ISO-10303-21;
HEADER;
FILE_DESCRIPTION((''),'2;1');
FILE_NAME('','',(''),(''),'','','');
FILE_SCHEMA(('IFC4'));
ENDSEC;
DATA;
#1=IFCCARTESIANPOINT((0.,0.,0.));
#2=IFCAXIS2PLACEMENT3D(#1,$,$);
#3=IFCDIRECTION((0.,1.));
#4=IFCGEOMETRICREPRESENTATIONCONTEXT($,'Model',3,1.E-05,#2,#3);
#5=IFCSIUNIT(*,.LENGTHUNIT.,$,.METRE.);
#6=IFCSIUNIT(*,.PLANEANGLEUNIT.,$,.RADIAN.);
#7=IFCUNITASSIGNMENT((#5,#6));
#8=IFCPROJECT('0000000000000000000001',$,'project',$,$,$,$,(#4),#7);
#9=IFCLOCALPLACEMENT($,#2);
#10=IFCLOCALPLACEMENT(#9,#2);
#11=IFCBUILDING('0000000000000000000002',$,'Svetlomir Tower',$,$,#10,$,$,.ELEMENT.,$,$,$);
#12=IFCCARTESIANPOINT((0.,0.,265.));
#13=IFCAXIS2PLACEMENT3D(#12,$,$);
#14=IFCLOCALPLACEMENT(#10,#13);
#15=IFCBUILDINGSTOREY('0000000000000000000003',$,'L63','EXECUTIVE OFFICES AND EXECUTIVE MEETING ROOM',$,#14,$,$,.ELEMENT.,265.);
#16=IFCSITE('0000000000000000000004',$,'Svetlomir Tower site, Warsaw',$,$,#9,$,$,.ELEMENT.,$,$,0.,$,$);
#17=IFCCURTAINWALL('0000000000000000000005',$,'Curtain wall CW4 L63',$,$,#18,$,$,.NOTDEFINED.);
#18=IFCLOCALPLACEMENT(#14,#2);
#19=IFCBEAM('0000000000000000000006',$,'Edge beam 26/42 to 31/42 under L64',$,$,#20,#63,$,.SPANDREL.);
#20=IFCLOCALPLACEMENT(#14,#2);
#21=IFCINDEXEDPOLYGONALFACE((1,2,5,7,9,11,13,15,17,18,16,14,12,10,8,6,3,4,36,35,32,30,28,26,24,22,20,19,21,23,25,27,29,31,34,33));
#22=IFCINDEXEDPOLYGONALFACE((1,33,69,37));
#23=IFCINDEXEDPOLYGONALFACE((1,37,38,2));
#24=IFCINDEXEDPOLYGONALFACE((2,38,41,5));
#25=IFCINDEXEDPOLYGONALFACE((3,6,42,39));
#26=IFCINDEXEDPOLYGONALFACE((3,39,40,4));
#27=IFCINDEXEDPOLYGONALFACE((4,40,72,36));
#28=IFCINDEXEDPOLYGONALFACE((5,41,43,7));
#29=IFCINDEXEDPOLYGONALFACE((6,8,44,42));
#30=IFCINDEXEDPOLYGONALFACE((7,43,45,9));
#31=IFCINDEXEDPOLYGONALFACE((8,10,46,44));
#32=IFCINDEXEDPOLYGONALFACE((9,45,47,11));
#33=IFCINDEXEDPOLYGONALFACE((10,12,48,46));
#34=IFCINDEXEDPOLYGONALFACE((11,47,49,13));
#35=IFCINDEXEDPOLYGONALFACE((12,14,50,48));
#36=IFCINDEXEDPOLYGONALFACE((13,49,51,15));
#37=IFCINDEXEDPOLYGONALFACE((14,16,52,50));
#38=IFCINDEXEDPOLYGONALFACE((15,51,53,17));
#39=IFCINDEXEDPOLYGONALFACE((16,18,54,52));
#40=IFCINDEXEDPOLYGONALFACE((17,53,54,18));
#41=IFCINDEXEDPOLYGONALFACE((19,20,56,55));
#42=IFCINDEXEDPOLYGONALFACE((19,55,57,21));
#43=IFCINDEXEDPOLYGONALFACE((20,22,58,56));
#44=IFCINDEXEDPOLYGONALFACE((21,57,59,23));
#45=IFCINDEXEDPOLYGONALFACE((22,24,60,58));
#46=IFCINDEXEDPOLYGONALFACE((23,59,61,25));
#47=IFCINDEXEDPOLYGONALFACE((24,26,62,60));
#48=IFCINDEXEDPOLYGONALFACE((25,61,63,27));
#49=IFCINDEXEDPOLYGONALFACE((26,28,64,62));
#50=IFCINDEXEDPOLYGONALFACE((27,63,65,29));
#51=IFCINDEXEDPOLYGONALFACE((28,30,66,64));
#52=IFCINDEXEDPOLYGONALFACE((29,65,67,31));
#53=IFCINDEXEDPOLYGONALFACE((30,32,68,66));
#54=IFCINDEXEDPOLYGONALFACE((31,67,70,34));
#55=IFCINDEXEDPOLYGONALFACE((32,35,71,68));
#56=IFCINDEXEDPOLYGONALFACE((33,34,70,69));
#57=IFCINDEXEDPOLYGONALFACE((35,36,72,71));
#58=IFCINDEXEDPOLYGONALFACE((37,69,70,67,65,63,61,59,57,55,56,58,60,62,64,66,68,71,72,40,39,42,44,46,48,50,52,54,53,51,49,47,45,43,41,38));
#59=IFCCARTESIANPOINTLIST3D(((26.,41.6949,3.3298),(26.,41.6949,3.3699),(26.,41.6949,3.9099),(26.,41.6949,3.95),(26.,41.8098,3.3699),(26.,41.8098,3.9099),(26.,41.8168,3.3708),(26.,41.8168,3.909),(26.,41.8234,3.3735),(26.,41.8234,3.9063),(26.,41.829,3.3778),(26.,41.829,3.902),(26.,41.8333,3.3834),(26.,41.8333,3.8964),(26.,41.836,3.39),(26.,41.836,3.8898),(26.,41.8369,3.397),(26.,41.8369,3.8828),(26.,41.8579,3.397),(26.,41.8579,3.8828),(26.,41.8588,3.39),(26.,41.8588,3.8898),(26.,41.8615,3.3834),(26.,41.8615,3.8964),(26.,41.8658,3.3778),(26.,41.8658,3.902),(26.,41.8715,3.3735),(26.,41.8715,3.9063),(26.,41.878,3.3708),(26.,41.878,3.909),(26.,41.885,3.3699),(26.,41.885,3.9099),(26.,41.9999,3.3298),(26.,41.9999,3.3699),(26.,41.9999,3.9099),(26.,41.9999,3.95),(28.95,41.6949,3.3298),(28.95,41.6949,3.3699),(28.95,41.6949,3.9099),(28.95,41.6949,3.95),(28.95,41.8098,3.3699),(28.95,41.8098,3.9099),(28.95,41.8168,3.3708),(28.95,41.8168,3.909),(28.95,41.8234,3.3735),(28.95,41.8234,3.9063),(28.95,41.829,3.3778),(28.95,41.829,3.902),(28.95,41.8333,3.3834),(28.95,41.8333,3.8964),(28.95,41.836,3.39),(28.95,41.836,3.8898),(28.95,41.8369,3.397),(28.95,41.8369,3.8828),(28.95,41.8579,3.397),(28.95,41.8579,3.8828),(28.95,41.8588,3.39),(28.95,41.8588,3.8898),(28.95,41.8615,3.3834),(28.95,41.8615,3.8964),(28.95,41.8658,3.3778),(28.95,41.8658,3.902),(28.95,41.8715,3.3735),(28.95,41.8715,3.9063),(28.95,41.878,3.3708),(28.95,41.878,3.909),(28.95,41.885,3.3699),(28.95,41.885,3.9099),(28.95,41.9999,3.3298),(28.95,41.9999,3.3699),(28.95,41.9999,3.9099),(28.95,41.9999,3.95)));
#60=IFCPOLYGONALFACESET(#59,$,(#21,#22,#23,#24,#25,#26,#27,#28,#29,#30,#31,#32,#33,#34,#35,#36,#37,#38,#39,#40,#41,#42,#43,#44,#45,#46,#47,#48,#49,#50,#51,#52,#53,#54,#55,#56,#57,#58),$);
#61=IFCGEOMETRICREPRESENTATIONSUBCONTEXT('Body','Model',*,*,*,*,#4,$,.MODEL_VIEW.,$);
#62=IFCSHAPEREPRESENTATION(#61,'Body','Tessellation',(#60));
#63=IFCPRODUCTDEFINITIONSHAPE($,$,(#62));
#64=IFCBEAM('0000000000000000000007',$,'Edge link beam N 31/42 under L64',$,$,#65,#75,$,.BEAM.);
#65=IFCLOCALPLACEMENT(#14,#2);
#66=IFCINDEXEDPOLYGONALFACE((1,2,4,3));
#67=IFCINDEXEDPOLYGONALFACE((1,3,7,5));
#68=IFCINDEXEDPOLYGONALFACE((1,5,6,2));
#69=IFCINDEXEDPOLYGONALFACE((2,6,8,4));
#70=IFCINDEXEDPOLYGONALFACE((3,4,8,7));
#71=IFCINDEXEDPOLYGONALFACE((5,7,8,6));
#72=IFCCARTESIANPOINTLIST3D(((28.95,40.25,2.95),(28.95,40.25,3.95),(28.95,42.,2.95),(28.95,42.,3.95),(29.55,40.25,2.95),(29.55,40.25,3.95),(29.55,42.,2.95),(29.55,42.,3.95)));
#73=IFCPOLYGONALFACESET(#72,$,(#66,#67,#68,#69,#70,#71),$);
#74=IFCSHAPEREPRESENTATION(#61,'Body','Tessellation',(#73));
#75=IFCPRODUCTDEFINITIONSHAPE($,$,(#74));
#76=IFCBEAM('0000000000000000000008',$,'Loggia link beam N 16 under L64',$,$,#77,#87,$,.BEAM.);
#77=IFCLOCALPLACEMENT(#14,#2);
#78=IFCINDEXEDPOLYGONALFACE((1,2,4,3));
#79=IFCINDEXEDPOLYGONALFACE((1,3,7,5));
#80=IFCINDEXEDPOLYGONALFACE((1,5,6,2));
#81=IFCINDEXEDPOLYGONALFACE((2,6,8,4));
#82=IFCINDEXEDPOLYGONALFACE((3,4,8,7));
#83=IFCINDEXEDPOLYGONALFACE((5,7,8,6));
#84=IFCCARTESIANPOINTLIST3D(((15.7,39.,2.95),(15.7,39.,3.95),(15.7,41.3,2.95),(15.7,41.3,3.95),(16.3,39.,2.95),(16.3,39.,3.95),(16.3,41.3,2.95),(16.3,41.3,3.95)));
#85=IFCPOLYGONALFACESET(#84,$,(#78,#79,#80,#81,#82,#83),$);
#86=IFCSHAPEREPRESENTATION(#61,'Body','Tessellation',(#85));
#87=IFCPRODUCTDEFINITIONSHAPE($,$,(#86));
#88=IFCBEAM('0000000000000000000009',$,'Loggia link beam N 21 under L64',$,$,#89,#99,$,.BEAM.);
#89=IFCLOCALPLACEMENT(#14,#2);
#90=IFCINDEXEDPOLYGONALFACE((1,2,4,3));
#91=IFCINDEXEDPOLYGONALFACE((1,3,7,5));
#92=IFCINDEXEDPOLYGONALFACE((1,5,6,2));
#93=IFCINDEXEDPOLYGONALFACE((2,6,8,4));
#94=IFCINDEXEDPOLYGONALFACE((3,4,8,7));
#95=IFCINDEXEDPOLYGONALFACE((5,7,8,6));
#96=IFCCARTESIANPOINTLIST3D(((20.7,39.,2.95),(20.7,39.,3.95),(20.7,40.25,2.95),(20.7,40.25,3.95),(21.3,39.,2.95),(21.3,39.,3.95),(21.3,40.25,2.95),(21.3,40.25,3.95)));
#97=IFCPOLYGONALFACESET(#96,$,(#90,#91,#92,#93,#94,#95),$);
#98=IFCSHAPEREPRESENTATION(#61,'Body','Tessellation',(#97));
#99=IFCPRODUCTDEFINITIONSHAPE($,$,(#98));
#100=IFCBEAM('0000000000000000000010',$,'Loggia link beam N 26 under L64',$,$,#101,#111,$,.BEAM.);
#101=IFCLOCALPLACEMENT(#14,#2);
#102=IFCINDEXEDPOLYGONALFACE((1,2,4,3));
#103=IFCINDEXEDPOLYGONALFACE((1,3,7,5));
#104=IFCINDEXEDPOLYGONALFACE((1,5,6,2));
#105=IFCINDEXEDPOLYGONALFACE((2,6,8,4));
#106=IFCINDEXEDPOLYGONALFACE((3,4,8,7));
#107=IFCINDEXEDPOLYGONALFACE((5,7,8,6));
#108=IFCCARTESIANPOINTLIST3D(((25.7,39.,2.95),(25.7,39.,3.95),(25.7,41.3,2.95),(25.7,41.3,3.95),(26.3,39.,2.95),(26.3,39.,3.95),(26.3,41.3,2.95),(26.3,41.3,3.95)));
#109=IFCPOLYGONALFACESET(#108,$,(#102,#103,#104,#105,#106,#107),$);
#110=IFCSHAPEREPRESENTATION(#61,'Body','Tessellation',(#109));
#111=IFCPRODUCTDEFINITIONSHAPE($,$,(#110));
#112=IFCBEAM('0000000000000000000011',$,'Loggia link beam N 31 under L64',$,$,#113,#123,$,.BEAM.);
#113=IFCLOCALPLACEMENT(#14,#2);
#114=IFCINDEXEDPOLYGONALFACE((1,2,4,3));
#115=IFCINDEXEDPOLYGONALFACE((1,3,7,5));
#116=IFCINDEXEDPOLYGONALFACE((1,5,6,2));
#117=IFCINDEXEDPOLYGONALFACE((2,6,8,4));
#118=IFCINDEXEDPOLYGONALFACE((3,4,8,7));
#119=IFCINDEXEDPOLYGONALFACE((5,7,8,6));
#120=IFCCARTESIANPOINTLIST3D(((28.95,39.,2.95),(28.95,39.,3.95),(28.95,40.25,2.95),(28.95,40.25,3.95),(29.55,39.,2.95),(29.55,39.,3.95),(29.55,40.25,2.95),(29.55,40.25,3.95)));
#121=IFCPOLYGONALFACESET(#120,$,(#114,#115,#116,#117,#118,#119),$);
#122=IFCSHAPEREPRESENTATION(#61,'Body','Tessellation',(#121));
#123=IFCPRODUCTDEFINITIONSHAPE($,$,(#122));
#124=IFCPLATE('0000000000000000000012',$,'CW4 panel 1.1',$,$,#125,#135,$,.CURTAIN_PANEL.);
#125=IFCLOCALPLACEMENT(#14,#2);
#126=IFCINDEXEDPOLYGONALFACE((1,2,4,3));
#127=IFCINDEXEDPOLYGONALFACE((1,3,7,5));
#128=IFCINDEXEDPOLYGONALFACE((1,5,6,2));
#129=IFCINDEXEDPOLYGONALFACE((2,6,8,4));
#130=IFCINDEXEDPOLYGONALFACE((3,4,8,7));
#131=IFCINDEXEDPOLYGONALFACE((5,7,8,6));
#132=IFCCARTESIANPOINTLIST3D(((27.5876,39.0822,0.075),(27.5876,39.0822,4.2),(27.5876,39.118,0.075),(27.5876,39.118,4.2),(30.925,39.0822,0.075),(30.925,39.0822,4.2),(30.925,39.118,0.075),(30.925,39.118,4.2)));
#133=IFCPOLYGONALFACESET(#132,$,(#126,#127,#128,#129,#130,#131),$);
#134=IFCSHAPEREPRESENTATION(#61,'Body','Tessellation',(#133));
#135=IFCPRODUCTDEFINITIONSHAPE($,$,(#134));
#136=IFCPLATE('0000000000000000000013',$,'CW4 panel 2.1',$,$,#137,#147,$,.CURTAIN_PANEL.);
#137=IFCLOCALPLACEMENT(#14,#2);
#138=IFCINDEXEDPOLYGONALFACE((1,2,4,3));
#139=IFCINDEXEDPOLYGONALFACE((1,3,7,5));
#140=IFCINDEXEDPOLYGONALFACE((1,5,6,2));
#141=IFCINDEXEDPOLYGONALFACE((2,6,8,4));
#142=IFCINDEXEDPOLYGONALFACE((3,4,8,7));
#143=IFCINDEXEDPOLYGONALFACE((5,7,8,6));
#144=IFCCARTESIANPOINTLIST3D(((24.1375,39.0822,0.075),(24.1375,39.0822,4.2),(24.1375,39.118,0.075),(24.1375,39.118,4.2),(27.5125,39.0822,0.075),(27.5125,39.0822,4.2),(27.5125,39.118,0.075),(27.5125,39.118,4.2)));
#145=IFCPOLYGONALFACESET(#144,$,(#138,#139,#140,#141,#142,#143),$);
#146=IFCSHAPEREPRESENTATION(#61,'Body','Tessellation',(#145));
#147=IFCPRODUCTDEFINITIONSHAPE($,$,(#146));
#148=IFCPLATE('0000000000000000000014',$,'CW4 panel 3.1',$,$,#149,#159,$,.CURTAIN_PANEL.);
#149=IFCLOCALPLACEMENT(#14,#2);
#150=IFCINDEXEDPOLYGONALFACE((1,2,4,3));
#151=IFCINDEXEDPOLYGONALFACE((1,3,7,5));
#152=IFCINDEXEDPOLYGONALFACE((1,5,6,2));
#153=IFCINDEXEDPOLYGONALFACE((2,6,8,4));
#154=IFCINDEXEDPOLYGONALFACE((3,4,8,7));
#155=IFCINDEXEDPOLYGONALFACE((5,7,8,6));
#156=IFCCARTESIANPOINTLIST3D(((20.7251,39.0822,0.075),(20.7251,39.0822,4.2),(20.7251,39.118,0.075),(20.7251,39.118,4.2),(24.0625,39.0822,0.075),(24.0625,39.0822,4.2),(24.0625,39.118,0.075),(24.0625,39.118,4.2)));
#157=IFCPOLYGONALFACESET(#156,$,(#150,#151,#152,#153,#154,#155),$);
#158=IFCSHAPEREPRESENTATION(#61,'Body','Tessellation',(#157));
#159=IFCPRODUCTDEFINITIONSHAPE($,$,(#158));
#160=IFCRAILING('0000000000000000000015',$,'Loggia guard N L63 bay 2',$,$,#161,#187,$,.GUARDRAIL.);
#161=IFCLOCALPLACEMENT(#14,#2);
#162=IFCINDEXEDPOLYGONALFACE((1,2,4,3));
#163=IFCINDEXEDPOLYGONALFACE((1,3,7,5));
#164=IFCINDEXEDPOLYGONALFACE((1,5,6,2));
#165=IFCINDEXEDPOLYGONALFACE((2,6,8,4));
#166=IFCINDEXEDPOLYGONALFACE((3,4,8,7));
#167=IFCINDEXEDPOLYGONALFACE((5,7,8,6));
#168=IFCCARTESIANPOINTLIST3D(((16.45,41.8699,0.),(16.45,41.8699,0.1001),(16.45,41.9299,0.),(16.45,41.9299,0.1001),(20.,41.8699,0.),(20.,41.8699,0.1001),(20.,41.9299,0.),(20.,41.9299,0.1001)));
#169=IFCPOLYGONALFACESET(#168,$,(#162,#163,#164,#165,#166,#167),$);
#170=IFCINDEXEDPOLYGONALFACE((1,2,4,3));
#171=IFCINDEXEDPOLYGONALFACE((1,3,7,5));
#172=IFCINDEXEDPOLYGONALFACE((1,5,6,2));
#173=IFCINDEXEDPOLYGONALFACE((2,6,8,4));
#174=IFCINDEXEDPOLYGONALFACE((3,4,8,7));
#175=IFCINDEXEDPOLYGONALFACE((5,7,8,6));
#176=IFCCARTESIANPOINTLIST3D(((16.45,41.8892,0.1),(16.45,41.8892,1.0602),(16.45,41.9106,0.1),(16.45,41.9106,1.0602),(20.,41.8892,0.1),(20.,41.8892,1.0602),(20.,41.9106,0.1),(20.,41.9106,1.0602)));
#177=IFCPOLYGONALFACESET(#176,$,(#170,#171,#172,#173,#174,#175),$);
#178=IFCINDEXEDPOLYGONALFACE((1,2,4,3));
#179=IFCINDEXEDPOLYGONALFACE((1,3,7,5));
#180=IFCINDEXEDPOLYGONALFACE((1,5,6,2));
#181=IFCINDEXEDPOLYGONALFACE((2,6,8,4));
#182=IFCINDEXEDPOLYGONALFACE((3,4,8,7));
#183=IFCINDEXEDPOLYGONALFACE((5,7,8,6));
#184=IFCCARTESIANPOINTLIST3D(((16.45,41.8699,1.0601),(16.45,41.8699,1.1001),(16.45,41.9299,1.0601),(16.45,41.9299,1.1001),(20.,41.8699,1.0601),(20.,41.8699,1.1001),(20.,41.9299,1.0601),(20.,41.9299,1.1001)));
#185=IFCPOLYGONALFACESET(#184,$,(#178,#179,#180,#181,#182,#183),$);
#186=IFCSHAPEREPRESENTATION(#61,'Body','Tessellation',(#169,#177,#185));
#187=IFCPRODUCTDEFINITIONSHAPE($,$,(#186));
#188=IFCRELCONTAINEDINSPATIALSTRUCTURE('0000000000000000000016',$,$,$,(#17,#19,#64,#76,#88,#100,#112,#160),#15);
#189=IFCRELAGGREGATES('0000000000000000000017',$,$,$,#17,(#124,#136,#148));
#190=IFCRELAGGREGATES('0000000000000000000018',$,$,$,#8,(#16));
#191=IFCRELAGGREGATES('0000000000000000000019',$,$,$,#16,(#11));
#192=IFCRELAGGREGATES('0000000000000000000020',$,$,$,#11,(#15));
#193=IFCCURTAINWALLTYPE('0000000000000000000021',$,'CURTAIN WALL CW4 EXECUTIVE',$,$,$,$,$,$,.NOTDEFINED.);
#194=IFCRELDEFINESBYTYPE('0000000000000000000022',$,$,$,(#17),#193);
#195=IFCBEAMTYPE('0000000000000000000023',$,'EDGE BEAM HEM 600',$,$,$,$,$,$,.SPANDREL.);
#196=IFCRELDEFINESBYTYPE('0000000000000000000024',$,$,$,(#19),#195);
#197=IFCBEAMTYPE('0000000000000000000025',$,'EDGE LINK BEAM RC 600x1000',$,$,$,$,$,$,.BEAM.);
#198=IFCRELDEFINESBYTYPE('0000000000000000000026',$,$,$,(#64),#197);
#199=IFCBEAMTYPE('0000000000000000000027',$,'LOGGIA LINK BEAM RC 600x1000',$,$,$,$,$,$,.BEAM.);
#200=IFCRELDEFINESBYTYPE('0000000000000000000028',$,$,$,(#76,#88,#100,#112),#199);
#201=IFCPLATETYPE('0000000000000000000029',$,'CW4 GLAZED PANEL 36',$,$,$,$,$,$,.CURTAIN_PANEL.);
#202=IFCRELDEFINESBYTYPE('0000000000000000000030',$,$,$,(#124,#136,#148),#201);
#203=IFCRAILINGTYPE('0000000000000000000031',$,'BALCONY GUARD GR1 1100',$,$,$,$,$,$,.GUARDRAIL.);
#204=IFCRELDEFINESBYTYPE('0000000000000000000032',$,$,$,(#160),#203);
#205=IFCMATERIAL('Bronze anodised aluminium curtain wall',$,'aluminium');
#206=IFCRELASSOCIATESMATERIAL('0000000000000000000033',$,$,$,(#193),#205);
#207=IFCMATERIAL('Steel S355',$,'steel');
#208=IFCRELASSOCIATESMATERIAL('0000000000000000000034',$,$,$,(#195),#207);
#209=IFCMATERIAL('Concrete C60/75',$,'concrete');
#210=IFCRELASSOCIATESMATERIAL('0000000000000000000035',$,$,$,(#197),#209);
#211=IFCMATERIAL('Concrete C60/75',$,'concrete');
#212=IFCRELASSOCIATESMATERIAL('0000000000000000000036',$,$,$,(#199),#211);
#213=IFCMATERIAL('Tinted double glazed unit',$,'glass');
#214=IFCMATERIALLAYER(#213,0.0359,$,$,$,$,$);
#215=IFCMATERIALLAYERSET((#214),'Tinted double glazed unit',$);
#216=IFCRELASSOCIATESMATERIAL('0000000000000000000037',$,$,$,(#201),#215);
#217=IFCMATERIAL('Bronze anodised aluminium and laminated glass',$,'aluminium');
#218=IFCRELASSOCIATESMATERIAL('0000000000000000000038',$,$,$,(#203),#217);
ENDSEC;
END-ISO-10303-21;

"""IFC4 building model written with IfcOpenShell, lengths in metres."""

from ifc_helpers import new_model, si_unit, direction, frame, origin, origin_2d, place, context, subcontext, project, spatial, rectangle, i_section, extrude, material, layer, layer_set, material_profile, profile_set, type_object, element, aggregate, save


model = new_model("IFC4")

# Units and contexts
model_context = context("Model", 3, precision=1e-05, world=origin(), true_north=direction((0.0, 1.0)))
body_context = subcontext(model_context, "Body", "Model", "MODEL_VIEW")
ifc_project = project(units=[si_unit("LENGTHUNIT", "METRE"), si_unit("PLANEANGLEUNIT", "RADIAN")], contexts=[model_context])

# Site, building, storey
site_placement = place(None, origin())
site = spatial("IfcSite", under=ifc_project, at=site_placement, Name="Svetlomir Tower site, Warsaw", CompositionType="ELEMENT", RefElevation=0.0)
building_placement = place(site_placement, origin())
building = spatial("IfcBuilding", under=site, at=building_placement, Name="Svetlomir Tower", CompositionType="ELEMENT")
storey_placement = place(building_placement, frame((0.0, 0.0, 265.0)))
storey = spatial("IfcBuildingStorey", under=building, at=storey_placement, Name="L63", Description="EXECUTIVE OFFICES AND EXECUTIVE MEETING ROOM", CompositionType="ELEMENT", Elevation=265.0)

# Curtain wall
ifc_material_1 = material(Name="Bronze anodised aluminium curtain wall", Category="aluminium")
curtain_wall_type = type_object("IfcCurtainWallType", Name="CURTAIN WALL CW4 EXECUTIVE", PredefinedType="NOTDEFINED", material=ifc_material_1)
curtain_wall_placement = place(storey_placement, origin())
curtain_wall = element("IfcCurtainWall", 1, at=curtain_wall_placement, inside=storey, type_object=curtain_wall_type, Name="Curtain wall CW4 L63", PredefinedType="NOTDEFINED")

# Beams
ifc_material_2 = material(Name="Steel S355", Category="steel")
ifc_material_profile_1 = material_profile(ifc_material_2, i_section(OverallWidth=0.3049, OverallDepth=0.6201, WebThickness=0.021, FlangeThickness=0.04, FilletRadius=0.0271, at=origin_2d()), Name="HEM 600")
ifc_profile_set_1 = profile_set([ifc_material_profile_1], Name="Steel S355")
beam_type_1 = type_object("IfcBeamType", Name="EDGE BEAM HEM 600", PredefinedType="SPANDREL", material=ifc_profile_set_1)
beam_1_placement = place(storey_placement, frame((26.0, 41.8474, 3.6399), z_axis=(1.0, 0.0, 0.0), x_axis=(0.0, 1.0, 0.0)))
element("IfcBeam", 2, at=beam_1_placement, inside=storey, type_object=beam_type_1, Name="Edge beam 26/42 to 31/42 under L64", PredefinedType="SPANDREL", context=body_context, shape_type="SweptSolid", body=[
    extrude(i_section(OverallWidth=0.3049, OverallDepth=0.6201, WebThickness=0.021, FlangeThickness=0.04, FilletRadius=0.0271, at=origin_2d()), origin(), (0.0, 0.0, 1.0), 2.95),
])
ifc_material_3 = material(Name="Concrete C60/75", Category="concrete")
ifc_material_profile_2 = material_profile(ifc_material_3, rectangle(XDim=0.6001, YDim=1.0, at=origin_2d()), Name="RC 600x1000")
ifc_profile_set_2 = profile_set([ifc_material_profile_2], Name="Concrete C60/75")
beam_type_2 = type_object("IfcBeamType", Name="EDGE LINK BEAM RC 600x1000", PredefinedType="BEAM", material=ifc_profile_set_2)
beam_2_placement = place(storey_placement, frame((29.25, 40.25, 3.45), z_axis=(0.0, 1.0, 0.0), x_axis=(-1.0, 0.0, 0.0)))
element("IfcBeam", 3, at=beam_2_placement, inside=storey, type_object=beam_type_2, Name="Edge link beam N 31/42 under L64", PredefinedType="BEAM", context=body_context, shape_type="SweptSolid", body=[
    extrude(rectangle(XDim=0.6001, YDim=1.0, at=origin_2d()), origin(), (0.0, 0.0, 1.0), 1.75),
])
ifc_material_4 = material(Name="Concrete C60/75", Category="concrete")
ifc_material_profile_3 = material_profile(ifc_material_4, rectangle(XDim=0.6001, YDim=1.0, at=origin_2d()), Name="RC 600x1000")
ifc_profile_set_3 = profile_set([ifc_material_profile_3], Name="Concrete C60/75")
beam_type_3 = type_object("IfcBeamType", Name="LOGGIA LINK BEAM RC 600x1000", PredefinedType="BEAM", material=ifc_profile_set_3)
beam_3_placement = place(storey_placement, frame((16.0, 41.3, 3.45), z_axis=(0.0, -1.0, 0.0), x_axis=(1.0, 0.0, 0.0)))
element("IfcBeam", 4, at=beam_3_placement, inside=storey, type_object=beam_type_3, Name="Loggia link beam N 16 under L64", PredefinedType="BEAM", context=body_context, shape_type="SweptSolid", body=[
    extrude(rectangle(XDim=0.6001, YDim=1.0, at=origin_2d()), origin(), (0.0, 0.0, 1.0), 2.3),
])
beam_4_placement = place(storey_placement, frame((21.0, 40.25, 3.45), z_axis=(0.0, -1.0, 0.0), x_axis=(1.0, 0.0, 0.0)))
element("IfcBeam", 5, at=beam_4_placement, inside=storey, type_object=beam_type_3, Name="Loggia link beam N 21 under L64", PredefinedType="BEAM", context=body_context, shape_type="SweptSolid", body=[
    extrude(rectangle(XDim=0.6001, YDim=1.0, at=origin_2d()), origin(), (0.0, 0.0, 1.0), 1.25),
])
beam_5_placement = place(storey_placement, frame((26.0, 41.3, 3.45), z_axis=(0.0, -1.0, 0.0), x_axis=(1.0, 0.0, 0.0)))
element("IfcBeam", 6, at=beam_5_placement, inside=storey, type_object=beam_type_3, Name="Loggia link beam N 26 under L64", PredefinedType="BEAM", context=body_context, shape_type="SweptSolid", body=[
    extrude(rectangle(XDim=0.6001, YDim=1.0, at=origin_2d()), origin(), (0.0, 0.0, 1.0), 2.3),
])
beam_6_placement = place(storey_placement, frame((29.25, 40.25, 3.45), z_axis=(0.0, -1.0, 0.0), x_axis=(1.0, 0.0, 0.0)))
element("IfcBeam", 7, at=beam_6_placement, inside=storey, type_object=beam_type_3, Name="Loggia link beam N 31 under L64", PredefinedType="BEAM", context=body_context, shape_type="SweptSolid", body=[
    extrude(rectangle(XDim=0.6001, YDim=1.0, at=origin_2d()), origin(), (0.0, 0.0, 1.0), 1.25),
])

# Plates
ifc_material_5 = material(Name="Tinted double glazed unit", Category="glass")
ifc_layer_1 = layer(ifc_material_5, 0.0359)
ifc_layer_set_1 = layer_set([ifc_layer_1], Name="Tinted double glazed unit")
plate_type = type_object("IfcPlateType", Name="CW4 GLAZED PANEL 36", PredefinedType="CURTAIN_PANEL", material=ifc_layer_set_1)
plate_1_placement = place(storey_placement, frame((29.2563, 39.1001, 0.075), z_axis=(0.0, 0.0, 1.0), x_axis=(-1.0, 0.0, 0.0)))
plate_1 = element("IfcPlate", 8, at=plate_1_placement, type_object=plate_type, Name="CW4 panel 1.1", PredefinedType="CURTAIN_PANEL", context=body_context, shape_type="SweptSolid", body=[
    extrude(rectangle(XDim=3.3374, YDim=0.0359, at=origin_2d()), origin(), (0.0, 0.0, 1.0), 4.125),
])
plate_2_placement = place(storey_placement, frame((25.825, 39.1001, 0.075), z_axis=(0.0, 0.0, 1.0), x_axis=(-1.0, 0.0, 0.0)))
plate_2 = element("IfcPlate", 9, at=plate_2_placement, type_object=plate_type, Name="CW4 panel 2.1", PredefinedType="CURTAIN_PANEL", context=body_context, shape_type="SweptSolid", body=[
    extrude(rectangle(XDim=3.375, YDim=0.0359, at=origin_2d()), origin(), (0.0, 0.0, 1.0), 4.125),
])
plate_3_placement = place(storey_placement, frame((22.3938, 39.1001, 0.075), z_axis=(0.0, 0.0, 1.0), x_axis=(-1.0, 0.0, 0.0)))
plate_3 = element("IfcPlate", 10, at=plate_3_placement, type_object=plate_type, Name="CW4 panel 3.1", PredefinedType="CURTAIN_PANEL", context=body_context, shape_type="SweptSolid", body=[
    extrude(rectangle(XDim=3.3374, YDim=0.0359, at=origin_2d()), origin(), (0.0, 0.0, 1.0), 4.125),
])
aggregate(curtain_wall, [plate_1, plate_2, plate_3])

# Railing
ifc_material_6 = material(Name="Bronze anodised aluminium and laminated glass", Category="aluminium")
railing_type = type_object("IfcRailingType", Name="BALCONY GUARD GR1 1100", PredefinedType="GUARDRAIL", material=ifc_material_6)
for number, where, name in (
    (11, (16.45, 41.8999, 0.0), "Loggia guard N L63 bay 2"),
):
    element("IfcRailing", number, at=place(storey_placement, frame(where)), inside=storey, type_object=railing_type, Name=name, PredefinedType="GUARDRAIL", context=body_context, shape_type="SweptSolid", body=[
        extrude(rectangle(XDim=0.0601, YDim=0.1001, at=origin_2d()), frame((0.0, 0.0, 0.05), z_axis=(1.0, 0.0, 0.0), x_axis=(0.0, 1.0, 0.0)), (0.0, 0.0, 1.0), 3.55),
        extrude(rectangle(XDim=0.0215, YDim=0.9602, at=origin_2d()), frame((0.0, 0.0, 0.5801), z_axis=(1.0, 0.0, 0.0), x_axis=(0.0, 1.0, 0.0)), (0.0, 0.0, 1.0), 3.55),
        extrude(rectangle(XDim=0.0601, YDim=0.04, at=origin_2d()), frame((0.0, 0.0, 1.0801), z_axis=(1.0, 0.0, 0.0), x_axis=(0.0, 1.0, 0.0)), (0.0, 0.0, 1.0), 3.55),
    ])

save(model, "model.ifc")
